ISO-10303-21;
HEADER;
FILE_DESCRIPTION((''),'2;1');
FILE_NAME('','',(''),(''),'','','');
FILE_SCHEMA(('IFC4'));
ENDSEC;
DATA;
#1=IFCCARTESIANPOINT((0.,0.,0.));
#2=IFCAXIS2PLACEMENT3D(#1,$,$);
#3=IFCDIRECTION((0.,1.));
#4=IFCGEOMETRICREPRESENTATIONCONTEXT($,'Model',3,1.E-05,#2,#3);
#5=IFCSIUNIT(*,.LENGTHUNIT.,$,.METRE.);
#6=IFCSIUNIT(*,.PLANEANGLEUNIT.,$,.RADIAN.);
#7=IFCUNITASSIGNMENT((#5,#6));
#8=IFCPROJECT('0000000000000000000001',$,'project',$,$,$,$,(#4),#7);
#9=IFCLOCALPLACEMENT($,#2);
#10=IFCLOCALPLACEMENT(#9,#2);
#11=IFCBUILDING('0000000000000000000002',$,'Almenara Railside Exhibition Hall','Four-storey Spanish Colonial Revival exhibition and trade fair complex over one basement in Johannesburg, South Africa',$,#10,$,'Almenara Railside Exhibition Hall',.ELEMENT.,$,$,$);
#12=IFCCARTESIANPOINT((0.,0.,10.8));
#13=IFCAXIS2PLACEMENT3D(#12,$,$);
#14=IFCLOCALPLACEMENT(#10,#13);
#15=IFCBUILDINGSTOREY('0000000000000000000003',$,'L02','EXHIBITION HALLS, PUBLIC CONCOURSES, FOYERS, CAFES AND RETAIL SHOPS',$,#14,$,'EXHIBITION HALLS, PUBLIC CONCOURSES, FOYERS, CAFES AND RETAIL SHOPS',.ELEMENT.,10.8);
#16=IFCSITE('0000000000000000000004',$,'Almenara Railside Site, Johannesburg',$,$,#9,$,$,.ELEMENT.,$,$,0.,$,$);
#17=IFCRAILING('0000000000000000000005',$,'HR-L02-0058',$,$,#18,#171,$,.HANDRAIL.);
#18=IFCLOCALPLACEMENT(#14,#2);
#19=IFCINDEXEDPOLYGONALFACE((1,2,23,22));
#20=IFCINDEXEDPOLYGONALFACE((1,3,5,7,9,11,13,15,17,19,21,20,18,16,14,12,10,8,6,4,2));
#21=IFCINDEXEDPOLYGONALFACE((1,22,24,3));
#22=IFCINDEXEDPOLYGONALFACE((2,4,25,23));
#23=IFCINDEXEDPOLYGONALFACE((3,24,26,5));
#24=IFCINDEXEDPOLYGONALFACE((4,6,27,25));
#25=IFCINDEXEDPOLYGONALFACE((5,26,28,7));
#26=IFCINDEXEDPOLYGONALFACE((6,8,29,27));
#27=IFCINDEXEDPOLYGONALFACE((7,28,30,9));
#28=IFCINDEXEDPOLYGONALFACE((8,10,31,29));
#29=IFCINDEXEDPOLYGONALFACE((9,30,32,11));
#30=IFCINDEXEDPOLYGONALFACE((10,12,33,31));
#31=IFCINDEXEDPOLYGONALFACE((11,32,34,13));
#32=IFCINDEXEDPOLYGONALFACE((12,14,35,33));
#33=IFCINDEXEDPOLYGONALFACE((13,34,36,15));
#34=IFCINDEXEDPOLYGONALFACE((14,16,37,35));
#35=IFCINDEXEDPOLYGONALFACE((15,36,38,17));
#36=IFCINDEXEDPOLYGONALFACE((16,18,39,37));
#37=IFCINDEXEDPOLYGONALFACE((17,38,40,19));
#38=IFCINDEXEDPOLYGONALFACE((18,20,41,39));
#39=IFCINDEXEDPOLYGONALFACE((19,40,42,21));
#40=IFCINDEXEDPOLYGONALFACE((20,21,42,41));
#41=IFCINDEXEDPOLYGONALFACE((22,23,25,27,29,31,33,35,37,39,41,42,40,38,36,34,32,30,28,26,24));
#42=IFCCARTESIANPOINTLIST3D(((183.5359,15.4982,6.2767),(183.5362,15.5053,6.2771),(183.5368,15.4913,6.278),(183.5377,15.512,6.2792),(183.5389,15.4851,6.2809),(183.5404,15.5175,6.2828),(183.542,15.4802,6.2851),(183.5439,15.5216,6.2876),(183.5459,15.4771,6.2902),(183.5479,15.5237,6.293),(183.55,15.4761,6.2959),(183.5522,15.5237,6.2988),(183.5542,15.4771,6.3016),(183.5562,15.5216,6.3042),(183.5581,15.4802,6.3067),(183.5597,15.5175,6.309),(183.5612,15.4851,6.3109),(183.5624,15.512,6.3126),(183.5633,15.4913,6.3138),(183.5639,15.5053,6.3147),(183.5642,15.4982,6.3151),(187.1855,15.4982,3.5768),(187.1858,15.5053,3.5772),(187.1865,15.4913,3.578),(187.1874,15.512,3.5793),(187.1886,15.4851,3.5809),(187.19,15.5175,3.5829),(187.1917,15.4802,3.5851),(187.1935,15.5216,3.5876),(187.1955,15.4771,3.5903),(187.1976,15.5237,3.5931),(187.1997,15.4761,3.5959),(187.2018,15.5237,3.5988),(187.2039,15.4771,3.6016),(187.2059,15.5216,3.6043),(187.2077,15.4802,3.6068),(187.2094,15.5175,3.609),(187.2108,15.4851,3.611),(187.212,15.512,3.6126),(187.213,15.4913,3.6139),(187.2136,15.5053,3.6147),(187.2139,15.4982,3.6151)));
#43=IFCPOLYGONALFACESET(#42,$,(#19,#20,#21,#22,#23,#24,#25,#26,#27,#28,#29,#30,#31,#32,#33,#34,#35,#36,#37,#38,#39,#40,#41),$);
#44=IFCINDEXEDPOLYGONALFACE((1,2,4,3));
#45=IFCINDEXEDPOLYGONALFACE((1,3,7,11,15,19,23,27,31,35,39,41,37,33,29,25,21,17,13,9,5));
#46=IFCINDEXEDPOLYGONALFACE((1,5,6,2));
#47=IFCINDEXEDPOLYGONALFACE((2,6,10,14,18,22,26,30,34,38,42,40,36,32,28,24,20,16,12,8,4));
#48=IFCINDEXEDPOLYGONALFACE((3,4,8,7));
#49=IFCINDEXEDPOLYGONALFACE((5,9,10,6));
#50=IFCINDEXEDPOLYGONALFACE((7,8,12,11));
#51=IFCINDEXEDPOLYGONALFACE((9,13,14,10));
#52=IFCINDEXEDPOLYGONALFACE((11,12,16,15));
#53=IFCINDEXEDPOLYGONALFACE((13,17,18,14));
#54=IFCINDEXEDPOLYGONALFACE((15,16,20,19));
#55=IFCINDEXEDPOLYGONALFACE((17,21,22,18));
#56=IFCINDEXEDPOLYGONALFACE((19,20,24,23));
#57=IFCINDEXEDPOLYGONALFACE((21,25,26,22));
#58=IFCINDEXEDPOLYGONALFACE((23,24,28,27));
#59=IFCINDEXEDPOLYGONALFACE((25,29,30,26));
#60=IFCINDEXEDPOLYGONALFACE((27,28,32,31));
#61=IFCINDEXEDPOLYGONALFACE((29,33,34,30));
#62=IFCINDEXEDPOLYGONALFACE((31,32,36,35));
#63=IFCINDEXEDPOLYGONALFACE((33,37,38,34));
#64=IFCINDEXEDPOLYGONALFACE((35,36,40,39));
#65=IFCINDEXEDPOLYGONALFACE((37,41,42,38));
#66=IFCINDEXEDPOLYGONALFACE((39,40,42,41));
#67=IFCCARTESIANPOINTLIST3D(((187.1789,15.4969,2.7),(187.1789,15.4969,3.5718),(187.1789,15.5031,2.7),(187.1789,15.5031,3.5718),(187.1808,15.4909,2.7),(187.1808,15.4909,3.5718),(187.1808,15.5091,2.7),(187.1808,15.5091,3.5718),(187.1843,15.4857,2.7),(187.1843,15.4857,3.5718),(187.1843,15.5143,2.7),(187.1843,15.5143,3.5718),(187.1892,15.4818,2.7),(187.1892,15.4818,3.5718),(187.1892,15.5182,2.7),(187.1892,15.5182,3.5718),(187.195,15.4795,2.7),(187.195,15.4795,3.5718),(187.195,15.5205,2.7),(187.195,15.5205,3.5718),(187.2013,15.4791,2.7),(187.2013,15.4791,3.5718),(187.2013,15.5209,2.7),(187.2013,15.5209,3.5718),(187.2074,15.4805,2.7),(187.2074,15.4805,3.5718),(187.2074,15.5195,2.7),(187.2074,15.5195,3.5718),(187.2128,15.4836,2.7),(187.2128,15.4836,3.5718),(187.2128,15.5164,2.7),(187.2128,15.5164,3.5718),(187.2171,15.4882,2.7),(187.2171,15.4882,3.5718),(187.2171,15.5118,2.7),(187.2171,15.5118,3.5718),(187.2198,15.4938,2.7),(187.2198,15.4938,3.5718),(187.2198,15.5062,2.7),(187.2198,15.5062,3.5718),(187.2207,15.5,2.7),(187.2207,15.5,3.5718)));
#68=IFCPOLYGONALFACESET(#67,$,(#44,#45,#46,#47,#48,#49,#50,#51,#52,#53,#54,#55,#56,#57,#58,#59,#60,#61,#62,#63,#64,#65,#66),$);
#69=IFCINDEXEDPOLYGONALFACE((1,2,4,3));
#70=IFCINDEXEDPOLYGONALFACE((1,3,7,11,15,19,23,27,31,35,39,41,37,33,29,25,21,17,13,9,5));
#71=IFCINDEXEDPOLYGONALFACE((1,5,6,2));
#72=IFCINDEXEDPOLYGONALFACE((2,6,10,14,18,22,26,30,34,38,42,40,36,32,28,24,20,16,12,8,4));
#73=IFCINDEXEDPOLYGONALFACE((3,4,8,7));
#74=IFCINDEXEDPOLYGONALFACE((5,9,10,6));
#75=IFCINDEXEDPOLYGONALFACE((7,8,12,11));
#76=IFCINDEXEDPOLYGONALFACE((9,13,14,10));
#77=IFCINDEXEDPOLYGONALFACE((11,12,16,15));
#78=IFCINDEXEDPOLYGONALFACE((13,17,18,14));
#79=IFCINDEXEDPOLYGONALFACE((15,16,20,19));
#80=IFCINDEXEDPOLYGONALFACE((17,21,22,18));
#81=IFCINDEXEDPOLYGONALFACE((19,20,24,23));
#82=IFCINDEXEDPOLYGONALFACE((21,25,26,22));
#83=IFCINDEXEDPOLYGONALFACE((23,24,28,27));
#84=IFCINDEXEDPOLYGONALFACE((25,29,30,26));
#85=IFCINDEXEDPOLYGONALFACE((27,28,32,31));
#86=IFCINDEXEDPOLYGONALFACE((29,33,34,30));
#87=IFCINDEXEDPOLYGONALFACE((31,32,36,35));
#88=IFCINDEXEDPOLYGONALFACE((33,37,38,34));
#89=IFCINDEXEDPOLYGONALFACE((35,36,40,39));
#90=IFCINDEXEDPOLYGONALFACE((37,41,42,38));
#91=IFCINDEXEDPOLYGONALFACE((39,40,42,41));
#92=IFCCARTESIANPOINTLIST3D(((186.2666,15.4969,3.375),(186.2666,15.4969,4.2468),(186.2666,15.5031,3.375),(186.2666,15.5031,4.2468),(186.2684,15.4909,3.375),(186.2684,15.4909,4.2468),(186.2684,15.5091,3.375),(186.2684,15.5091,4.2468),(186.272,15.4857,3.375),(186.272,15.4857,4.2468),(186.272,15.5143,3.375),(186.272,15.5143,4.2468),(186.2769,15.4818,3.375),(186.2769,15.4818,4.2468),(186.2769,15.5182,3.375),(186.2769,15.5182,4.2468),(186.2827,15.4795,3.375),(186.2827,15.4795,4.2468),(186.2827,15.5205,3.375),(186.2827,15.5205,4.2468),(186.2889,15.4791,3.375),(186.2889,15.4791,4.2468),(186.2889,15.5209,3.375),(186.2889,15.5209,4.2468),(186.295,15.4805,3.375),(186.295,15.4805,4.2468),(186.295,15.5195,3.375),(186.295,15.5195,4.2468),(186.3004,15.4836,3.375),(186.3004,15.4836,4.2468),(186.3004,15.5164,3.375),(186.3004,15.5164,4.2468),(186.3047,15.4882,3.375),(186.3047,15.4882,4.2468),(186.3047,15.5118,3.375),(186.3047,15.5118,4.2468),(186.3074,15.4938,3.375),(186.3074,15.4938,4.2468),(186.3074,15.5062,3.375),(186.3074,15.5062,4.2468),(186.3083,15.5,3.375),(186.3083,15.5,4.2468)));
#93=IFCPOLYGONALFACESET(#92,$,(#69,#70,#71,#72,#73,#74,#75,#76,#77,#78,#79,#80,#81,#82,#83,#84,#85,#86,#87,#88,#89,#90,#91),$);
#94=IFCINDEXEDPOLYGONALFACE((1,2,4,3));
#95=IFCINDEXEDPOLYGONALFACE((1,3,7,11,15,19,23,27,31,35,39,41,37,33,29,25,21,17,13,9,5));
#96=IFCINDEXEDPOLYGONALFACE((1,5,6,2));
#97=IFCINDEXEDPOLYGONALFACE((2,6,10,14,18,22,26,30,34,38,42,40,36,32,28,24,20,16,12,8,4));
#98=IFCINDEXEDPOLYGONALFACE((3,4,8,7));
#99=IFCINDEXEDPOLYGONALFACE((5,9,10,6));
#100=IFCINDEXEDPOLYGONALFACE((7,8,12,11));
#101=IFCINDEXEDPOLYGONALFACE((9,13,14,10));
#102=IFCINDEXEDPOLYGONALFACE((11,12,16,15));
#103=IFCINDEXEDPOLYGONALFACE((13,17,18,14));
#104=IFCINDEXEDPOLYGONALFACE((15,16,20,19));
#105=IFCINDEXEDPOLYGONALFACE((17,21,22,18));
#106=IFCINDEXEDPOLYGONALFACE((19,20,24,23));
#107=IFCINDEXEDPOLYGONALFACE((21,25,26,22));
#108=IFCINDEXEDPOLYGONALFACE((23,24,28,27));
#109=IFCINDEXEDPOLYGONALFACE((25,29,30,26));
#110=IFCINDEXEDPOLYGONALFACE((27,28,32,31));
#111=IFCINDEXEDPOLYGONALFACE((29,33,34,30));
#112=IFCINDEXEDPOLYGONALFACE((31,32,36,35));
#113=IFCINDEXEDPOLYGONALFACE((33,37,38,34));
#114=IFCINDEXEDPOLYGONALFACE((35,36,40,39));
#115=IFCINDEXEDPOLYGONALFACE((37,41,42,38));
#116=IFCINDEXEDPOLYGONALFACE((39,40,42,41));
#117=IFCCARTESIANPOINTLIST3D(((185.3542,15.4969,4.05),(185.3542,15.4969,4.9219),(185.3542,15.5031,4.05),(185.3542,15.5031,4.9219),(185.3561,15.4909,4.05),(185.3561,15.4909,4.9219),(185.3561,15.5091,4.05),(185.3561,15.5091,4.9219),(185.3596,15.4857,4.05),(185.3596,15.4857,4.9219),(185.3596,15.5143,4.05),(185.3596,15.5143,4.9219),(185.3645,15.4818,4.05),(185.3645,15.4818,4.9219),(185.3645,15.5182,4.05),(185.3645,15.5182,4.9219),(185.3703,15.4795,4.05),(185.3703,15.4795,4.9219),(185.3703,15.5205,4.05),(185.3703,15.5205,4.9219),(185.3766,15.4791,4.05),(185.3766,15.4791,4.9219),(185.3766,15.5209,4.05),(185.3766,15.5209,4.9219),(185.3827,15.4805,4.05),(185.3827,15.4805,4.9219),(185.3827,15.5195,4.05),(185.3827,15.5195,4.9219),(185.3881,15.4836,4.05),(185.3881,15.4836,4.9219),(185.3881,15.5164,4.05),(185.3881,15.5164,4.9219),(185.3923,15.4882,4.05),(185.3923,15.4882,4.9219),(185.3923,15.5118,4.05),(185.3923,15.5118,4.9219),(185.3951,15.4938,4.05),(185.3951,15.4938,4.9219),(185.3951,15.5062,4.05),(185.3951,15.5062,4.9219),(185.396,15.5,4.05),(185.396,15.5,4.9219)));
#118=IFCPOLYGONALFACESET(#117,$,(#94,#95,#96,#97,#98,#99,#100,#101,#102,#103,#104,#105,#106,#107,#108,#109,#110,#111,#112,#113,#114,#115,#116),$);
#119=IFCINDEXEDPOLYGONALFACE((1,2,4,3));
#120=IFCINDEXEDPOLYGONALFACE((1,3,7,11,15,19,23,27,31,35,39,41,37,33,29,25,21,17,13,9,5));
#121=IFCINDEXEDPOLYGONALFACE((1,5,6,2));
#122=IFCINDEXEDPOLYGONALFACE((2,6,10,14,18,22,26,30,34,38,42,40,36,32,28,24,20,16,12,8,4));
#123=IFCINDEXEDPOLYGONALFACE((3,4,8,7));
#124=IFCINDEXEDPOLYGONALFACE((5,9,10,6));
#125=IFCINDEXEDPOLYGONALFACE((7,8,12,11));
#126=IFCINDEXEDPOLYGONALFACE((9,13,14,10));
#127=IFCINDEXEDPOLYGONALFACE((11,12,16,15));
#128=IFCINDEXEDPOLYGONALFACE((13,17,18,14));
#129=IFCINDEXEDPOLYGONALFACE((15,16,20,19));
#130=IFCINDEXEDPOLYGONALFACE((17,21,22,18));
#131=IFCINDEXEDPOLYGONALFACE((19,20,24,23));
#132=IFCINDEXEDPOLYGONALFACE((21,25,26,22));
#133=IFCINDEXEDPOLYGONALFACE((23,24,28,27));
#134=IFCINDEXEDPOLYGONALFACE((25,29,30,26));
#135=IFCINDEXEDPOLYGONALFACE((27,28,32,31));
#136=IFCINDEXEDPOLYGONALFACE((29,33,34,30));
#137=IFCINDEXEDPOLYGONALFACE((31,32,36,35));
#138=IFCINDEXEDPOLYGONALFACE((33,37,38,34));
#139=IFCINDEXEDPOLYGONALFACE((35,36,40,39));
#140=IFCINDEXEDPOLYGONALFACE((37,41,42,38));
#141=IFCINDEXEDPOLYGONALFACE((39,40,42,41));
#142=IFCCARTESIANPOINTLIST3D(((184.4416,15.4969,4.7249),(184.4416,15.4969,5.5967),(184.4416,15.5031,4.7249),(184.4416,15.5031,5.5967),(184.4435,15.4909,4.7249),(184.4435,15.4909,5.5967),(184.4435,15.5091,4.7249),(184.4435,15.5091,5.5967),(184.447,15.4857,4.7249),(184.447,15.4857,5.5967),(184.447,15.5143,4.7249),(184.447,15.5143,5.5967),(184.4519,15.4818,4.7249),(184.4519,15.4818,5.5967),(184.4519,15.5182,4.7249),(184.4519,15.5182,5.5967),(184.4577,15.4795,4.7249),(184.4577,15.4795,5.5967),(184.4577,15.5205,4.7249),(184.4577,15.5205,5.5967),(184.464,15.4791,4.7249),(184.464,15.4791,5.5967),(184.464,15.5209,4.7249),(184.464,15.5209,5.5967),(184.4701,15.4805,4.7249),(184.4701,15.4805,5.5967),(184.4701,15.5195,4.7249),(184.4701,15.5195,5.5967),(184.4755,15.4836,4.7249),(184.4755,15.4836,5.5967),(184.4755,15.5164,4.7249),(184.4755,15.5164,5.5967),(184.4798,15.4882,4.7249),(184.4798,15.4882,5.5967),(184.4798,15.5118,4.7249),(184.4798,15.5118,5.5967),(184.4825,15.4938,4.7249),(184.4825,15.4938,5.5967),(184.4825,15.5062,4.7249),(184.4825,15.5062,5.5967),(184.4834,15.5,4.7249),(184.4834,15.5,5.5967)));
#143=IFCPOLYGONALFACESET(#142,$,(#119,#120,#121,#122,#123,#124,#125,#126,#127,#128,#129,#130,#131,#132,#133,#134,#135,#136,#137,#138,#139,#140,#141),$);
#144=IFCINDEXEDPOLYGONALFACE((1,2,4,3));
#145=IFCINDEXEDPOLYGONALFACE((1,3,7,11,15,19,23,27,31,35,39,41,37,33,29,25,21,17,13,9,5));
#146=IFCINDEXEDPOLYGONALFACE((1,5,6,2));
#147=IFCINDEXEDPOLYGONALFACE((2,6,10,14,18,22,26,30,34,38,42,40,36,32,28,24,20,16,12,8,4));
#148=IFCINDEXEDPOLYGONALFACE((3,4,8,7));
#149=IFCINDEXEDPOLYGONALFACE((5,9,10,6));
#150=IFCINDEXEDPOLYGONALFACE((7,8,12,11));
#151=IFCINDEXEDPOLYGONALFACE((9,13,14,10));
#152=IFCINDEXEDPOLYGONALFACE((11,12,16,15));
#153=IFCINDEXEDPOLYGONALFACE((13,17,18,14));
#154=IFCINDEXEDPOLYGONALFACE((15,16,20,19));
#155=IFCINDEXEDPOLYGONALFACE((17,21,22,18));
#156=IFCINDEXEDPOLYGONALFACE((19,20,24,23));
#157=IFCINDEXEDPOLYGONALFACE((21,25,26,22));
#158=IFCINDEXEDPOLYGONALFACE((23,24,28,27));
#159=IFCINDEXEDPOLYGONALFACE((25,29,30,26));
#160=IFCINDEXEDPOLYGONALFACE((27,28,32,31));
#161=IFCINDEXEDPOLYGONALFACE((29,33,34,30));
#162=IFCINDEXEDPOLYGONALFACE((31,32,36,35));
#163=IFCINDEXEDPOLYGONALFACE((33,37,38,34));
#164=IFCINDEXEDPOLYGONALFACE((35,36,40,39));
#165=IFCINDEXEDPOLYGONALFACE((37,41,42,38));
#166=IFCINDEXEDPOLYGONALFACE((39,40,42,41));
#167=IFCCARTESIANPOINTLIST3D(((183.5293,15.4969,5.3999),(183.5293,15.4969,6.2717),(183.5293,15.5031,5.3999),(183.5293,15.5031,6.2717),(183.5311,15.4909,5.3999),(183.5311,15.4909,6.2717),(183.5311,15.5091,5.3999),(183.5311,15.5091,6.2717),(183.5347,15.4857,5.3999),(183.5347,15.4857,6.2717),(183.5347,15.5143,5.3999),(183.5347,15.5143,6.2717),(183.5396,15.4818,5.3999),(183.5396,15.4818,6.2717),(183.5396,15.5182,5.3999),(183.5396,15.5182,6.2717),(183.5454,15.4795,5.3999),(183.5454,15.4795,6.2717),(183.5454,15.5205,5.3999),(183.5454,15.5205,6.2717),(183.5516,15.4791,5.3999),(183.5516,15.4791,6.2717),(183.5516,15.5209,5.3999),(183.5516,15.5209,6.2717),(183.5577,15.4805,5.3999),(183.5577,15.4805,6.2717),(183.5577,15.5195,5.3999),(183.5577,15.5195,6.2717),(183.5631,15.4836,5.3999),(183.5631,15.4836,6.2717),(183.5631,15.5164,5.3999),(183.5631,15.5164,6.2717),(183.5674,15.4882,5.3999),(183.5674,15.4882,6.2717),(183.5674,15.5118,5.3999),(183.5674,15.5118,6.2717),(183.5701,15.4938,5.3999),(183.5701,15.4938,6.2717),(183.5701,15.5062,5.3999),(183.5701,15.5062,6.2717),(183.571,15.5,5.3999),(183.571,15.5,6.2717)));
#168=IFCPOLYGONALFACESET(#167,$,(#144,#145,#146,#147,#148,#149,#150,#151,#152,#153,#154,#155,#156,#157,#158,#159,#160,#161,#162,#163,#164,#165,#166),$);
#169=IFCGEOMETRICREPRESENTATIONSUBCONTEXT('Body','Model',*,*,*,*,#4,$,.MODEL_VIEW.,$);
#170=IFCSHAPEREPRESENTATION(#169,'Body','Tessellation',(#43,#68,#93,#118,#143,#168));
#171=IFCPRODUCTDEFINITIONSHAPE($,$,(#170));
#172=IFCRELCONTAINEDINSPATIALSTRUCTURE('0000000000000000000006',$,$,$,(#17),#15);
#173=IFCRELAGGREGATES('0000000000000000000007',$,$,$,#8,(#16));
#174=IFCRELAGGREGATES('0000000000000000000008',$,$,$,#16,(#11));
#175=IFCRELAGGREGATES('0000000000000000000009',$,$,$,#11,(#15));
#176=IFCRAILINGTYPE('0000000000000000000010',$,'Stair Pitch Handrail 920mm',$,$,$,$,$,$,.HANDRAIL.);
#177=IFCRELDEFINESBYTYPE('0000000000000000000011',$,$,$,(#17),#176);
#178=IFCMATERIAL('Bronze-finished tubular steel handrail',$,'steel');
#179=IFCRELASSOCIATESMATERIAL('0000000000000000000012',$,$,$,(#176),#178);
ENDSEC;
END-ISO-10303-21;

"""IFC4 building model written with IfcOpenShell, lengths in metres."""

from ifc_helpers import new_model, si_unit, direction, frame, origin, origin_2d, place, context, subcontext, project, spatial, circle, extrude, material, type_object, element, save


model = new_model("IFC4")

# Units and contexts
model_context = context("Model", 3, precision=1e-05, world=origin(), true_north=direction((0.0, 1.0)))
body_context = subcontext(model_context, "Body", "Model", "MODEL_VIEW")
ifc_project = project(units=[si_unit("LENGTHUNIT", "METRE"), si_unit("PLANEANGLEUNIT", "RADIAN")], contexts=[model_context])

# Site, building, storey
site_placement = place(None, origin())
site = spatial("IfcSite", under=ifc_project, at=site_placement, Name="Almenara Railside Site, Johannesburg", CompositionType="ELEMENT", RefElevation=0.0)
building_placement = place(site_placement, origin())
building = spatial("IfcBuilding", under=site, at=building_placement, Name="Almenara Railside Exhibition Hall", Description="Four-storey Spanish Colonial Revival exhibition and trade fair complex over one basement in Johannesburg, South Africa", LongName="Almenara Railside Exhibition Hall", CompositionType="ELEMENT")
storey_placement = place(building_placement, frame((0.0, 0.0, 10.8)))
storey = spatial("IfcBuildingStorey", under=building, at=storey_placement, Name="L02", Description="EXHIBITION HALLS, PUBLIC CONCOURSES, FOYERS, CAFES AND RETAIL SHOPS", LongName="EXHIBITION HALLS, PUBLIC CONCOURSES, FOYERS, CAFES AND RETAIL SHOPS", CompositionType="ELEMENT", Elevation=10.8)

# Railing
ifc_material_1 = material(Name="Bronze-finished tubular steel handrail", Category="steel")
railing_type = type_object("IfcRailingType", Name="Stair Pitch Handrail 920mm", PredefinedType="HANDRAIL", material=ifc_material_1)
railing_placement = place(storey_placement, frame((187.1997, 15.5, 2.7)))
element("IfcRailing", 1, at=railing_placement, inside=storey, type_object=railing_type, Name="HR-L02-0058", PredefinedType="HANDRAIL", context=body_context, shape_type="SweptSolid", body=[
    extrude(circle(Radius=0.0239, at=origin_2d()), frame((0.0, 0.0, 0.896), z_axis=(-0.803926, 0.0, 0.59473), x_axis=(0.0, -1.0, 0.0)), (0.0, 0.0, 1.0), 4.5398),
    extrude(circle(Radius=0.021, at=origin_2d()), origin(), (0.0, 0.0, 1.0), 0.8718),
    extrude(circle(Radius=0.021, at=origin_2d()), frame((-0.9124, 0.0, 0.675)), (0.0, 0.0, 1.0), 0.8718),
    extrude(circle(Radius=0.021, at=origin_2d()), frame((-1.8247, 0.0, 1.3501)), (0.0, 0.0, 1.0), 0.8718),
    extrude(circle(Radius=0.021, at=origin_2d()), frame((-2.7373, 0.0, 2.0249)), (0.0, 0.0, 1.0), 0.8718),
    extrude(circle(Radius=0.021, at=origin_2d()), frame((-3.6497, 0.0, 2.7)), (0.0, 0.0, 1.0), 0.8718),
])

save(model, "model.ifc")
